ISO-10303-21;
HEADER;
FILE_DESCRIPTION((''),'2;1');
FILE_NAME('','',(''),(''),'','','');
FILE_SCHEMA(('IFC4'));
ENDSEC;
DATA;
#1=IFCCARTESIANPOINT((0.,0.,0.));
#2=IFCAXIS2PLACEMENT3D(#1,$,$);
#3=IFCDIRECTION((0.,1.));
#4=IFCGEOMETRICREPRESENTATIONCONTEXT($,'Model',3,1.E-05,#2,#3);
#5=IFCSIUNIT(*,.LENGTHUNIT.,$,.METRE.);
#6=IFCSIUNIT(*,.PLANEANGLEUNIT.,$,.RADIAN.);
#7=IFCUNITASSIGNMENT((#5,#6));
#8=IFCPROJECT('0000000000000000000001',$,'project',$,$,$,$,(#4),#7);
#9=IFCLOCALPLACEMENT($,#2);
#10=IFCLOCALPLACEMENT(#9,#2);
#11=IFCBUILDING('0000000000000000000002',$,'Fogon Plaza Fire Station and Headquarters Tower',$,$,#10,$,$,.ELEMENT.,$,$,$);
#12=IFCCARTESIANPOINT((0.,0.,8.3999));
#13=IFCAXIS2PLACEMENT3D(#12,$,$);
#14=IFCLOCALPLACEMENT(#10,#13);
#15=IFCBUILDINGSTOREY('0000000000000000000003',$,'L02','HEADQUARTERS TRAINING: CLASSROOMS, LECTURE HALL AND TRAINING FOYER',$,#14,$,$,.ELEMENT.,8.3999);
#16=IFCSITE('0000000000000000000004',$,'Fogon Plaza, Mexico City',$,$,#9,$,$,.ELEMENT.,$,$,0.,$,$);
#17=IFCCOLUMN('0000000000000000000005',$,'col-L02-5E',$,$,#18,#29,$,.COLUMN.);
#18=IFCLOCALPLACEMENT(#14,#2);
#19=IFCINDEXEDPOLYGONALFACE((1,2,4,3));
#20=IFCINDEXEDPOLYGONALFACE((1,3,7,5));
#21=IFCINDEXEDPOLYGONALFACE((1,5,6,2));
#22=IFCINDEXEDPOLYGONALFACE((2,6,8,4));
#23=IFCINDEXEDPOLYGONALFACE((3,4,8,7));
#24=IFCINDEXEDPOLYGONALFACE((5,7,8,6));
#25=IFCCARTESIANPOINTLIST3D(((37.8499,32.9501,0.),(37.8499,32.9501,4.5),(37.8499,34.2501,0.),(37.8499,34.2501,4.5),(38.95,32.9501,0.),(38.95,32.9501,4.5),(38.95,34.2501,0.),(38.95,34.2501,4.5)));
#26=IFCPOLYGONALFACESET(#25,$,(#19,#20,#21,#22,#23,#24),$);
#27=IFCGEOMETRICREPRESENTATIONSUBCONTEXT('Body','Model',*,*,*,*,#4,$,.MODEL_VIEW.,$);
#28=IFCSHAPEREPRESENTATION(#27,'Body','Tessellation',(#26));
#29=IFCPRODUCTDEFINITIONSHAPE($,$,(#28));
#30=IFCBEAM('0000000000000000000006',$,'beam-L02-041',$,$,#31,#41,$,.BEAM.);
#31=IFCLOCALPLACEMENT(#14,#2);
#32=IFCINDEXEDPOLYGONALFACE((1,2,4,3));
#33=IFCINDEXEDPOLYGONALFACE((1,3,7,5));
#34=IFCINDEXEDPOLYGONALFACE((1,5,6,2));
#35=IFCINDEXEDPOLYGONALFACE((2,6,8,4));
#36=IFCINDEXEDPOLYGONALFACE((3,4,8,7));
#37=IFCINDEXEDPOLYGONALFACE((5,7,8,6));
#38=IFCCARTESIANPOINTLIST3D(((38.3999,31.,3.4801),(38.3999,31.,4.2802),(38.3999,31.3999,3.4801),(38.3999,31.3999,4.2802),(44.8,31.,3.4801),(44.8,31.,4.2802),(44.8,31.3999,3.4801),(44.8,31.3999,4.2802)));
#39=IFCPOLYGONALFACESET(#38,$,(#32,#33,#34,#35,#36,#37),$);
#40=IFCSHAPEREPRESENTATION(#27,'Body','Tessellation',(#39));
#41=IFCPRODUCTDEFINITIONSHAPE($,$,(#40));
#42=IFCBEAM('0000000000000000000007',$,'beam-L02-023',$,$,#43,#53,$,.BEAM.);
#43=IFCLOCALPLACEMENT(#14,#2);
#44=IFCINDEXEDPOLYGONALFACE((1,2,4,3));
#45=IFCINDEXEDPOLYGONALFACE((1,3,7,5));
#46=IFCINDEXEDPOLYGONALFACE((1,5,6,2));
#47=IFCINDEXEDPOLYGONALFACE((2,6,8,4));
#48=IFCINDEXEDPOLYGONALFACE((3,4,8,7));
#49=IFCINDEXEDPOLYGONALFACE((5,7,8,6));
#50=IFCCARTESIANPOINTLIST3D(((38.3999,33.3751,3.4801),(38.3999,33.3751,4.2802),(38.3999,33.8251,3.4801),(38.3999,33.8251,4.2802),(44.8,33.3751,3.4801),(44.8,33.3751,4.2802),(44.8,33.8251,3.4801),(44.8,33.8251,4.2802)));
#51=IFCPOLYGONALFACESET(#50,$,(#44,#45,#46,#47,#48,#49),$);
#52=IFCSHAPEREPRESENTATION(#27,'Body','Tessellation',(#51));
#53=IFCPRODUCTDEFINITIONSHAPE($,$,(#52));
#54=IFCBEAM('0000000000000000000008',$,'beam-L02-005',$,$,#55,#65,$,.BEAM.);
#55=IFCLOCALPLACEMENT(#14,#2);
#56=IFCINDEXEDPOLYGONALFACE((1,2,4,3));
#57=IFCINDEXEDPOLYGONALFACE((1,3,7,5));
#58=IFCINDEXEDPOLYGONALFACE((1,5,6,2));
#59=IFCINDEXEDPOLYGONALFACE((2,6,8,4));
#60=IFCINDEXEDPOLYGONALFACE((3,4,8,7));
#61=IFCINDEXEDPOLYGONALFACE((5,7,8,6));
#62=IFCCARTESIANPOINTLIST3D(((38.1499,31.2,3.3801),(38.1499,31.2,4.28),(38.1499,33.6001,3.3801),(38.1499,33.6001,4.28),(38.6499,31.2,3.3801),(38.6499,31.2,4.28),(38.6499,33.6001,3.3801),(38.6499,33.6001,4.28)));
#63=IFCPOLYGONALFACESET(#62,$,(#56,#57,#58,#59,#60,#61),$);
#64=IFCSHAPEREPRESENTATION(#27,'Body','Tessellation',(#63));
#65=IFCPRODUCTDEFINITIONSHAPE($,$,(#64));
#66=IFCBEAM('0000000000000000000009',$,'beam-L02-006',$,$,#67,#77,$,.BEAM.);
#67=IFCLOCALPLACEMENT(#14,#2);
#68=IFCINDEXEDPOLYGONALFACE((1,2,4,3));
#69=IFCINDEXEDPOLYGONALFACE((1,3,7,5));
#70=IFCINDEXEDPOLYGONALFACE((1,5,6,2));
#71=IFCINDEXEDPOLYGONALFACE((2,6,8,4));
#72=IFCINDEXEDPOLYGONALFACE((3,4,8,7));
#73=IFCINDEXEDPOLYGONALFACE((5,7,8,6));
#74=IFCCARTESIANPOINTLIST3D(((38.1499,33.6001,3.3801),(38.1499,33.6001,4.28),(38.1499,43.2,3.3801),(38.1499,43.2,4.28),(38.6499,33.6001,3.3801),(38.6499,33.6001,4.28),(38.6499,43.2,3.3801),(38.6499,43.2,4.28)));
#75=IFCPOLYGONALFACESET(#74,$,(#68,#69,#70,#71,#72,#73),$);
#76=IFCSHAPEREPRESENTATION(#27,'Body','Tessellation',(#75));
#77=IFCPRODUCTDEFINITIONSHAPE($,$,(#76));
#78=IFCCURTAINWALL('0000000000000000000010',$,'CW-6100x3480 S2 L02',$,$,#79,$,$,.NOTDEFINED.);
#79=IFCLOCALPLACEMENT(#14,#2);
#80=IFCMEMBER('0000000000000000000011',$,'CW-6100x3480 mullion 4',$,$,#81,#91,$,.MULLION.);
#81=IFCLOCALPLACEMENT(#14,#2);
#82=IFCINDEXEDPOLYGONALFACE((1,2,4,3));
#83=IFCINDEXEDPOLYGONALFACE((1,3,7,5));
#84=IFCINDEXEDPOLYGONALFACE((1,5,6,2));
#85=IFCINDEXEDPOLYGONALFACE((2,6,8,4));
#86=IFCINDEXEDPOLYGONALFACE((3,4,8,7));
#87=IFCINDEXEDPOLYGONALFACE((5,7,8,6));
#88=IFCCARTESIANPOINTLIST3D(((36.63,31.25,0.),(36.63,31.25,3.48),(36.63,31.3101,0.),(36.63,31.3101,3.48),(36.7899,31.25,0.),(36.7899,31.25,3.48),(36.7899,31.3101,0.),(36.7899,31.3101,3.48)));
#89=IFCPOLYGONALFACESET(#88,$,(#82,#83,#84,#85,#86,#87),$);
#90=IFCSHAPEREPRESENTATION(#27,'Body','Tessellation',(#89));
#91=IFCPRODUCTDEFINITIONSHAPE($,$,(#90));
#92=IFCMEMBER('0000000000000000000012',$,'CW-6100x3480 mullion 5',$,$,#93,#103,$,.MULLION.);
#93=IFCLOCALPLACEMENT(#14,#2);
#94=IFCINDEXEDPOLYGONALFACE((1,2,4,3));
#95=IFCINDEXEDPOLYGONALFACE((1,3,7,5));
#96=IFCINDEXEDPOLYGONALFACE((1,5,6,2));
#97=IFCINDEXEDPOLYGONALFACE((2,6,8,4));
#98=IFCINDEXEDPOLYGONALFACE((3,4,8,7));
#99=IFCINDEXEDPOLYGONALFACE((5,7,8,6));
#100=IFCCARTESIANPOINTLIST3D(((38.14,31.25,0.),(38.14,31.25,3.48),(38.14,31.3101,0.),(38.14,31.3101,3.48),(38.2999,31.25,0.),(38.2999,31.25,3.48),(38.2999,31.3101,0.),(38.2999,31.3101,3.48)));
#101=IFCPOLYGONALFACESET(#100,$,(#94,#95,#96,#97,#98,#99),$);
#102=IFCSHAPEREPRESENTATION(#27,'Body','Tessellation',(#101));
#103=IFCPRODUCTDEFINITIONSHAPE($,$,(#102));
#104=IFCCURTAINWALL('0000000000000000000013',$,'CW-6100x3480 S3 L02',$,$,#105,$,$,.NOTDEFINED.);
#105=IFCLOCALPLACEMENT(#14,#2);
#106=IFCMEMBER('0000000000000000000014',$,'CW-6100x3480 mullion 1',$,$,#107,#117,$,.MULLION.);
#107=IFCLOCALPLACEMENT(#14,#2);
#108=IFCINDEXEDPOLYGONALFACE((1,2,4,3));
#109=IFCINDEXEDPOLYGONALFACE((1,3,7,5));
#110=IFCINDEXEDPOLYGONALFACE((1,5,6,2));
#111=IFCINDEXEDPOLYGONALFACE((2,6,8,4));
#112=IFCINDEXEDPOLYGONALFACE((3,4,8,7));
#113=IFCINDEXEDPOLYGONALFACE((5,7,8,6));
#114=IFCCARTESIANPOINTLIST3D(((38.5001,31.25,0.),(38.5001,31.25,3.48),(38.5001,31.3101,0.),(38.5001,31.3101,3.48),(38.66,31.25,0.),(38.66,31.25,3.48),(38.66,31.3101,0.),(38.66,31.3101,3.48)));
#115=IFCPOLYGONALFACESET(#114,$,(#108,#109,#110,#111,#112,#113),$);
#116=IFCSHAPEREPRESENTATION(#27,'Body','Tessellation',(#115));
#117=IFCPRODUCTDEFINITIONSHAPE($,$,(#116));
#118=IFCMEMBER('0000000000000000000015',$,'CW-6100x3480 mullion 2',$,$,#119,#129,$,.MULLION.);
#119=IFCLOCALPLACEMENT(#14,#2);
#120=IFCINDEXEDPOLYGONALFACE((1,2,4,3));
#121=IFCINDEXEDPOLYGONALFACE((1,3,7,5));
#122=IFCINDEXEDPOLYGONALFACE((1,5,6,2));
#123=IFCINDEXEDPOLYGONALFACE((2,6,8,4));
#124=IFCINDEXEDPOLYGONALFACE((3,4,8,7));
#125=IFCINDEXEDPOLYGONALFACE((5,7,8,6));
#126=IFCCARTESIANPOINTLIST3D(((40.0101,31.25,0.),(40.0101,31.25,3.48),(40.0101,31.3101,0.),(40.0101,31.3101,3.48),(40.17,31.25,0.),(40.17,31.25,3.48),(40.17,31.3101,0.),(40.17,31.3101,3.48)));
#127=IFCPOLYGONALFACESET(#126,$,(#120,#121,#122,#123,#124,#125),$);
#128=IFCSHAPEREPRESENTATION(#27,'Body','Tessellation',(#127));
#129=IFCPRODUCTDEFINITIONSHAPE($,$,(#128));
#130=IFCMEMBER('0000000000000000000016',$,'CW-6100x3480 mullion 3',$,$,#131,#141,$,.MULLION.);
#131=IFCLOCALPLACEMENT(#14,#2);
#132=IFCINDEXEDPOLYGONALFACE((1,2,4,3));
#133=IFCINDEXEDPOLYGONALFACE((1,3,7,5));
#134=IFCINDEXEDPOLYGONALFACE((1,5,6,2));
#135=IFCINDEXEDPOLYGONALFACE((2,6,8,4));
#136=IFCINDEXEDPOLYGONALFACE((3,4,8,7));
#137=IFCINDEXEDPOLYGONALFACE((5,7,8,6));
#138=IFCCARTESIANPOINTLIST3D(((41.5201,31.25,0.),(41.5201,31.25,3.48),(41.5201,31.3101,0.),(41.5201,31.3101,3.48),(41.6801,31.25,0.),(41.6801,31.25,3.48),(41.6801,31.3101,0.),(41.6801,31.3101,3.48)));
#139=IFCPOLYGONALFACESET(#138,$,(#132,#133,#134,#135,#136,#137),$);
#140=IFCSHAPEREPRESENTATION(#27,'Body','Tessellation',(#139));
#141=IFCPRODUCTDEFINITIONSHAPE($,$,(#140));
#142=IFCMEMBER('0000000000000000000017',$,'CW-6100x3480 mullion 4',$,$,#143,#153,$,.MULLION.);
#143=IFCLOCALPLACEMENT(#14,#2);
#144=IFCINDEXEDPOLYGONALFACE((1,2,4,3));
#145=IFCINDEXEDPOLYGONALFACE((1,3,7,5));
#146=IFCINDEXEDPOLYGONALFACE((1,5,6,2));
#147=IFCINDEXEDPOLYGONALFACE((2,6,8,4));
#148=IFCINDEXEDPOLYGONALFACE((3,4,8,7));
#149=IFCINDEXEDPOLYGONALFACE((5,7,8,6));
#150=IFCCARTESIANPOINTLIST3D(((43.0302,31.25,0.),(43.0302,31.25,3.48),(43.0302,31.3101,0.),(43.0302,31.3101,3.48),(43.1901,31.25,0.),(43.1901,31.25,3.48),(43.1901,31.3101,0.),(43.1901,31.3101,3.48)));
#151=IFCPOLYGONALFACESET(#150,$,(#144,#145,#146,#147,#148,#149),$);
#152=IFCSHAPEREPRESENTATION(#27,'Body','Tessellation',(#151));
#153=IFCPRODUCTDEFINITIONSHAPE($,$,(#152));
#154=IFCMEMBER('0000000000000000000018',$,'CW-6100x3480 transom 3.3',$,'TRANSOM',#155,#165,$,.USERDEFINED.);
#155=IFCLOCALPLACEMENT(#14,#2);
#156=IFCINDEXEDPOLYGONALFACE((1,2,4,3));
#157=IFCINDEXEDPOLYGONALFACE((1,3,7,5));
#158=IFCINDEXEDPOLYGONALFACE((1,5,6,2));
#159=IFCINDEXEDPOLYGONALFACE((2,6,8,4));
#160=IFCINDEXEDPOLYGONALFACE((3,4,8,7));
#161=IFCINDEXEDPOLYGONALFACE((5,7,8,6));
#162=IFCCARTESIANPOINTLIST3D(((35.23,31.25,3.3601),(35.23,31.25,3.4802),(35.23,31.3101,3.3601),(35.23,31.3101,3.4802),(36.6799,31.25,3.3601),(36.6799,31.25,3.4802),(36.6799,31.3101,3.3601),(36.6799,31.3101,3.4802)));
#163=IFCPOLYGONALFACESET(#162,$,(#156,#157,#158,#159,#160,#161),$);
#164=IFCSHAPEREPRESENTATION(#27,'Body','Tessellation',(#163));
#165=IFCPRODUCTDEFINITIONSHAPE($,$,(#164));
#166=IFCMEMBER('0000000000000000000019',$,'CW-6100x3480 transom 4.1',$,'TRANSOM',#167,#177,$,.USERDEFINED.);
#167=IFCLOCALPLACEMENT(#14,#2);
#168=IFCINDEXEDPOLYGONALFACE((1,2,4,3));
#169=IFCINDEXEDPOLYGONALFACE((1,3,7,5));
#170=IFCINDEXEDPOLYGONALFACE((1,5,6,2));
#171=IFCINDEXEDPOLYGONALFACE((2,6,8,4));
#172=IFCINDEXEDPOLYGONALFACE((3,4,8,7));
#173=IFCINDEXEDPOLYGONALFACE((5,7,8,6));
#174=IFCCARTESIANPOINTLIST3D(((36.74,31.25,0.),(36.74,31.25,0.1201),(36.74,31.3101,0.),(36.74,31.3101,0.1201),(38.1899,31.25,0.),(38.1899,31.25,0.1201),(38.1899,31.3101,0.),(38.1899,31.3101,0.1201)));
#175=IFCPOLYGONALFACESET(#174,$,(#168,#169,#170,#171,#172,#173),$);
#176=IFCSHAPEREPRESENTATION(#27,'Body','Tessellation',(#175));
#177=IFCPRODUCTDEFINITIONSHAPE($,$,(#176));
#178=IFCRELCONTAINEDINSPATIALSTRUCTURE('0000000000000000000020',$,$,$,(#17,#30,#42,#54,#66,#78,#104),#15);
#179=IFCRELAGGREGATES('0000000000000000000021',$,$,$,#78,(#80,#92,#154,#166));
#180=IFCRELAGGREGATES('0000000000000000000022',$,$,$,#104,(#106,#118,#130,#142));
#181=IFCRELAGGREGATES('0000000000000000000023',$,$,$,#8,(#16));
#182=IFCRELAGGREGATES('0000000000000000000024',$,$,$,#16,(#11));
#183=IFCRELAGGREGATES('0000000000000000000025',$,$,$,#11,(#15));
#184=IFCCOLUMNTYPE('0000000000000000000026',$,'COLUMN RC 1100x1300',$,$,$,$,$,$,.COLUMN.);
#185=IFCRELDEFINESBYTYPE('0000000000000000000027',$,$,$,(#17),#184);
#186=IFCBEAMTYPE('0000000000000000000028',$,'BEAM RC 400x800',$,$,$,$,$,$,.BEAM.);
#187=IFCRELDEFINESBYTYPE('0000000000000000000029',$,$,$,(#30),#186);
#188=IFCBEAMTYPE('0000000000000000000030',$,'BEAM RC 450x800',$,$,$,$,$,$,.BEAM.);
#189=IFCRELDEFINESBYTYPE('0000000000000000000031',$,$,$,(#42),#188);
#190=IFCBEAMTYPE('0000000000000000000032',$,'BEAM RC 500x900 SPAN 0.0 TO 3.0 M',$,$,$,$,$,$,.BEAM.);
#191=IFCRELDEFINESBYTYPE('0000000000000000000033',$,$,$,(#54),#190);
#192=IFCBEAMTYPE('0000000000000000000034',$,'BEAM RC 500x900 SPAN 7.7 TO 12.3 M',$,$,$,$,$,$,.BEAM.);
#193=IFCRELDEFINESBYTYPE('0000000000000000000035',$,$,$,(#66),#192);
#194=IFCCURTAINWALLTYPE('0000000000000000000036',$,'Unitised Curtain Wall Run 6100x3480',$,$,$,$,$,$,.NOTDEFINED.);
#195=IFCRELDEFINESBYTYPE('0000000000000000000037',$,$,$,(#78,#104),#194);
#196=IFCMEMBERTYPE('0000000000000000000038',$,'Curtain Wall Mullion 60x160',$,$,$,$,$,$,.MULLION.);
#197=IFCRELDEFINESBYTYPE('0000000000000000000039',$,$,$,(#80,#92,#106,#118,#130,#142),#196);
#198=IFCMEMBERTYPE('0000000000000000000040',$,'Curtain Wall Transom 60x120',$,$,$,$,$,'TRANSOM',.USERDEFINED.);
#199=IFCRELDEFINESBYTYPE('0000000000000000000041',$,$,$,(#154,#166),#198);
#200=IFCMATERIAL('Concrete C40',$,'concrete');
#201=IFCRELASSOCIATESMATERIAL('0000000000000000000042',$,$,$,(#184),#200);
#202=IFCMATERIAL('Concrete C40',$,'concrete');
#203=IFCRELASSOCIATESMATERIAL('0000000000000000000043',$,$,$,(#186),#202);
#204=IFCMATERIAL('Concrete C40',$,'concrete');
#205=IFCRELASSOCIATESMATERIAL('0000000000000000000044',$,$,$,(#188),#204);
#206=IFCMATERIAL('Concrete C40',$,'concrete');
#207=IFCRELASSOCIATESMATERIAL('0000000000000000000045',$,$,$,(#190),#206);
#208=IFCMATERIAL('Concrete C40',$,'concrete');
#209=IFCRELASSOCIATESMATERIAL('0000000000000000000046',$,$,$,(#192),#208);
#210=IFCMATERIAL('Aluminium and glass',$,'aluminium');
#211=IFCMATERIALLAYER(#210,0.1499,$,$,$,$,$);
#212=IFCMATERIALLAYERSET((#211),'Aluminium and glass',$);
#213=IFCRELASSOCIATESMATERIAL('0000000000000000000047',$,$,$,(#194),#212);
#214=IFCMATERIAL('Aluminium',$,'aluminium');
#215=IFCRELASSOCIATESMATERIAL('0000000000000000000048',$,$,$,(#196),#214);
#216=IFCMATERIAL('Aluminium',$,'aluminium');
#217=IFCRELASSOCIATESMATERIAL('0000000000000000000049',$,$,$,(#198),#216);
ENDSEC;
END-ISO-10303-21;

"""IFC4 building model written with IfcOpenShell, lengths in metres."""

from ifc_helpers import new_model, si_unit, direction, frame, origin, origin_2d, place, context, subcontext, project, spatial, rectangle, extrude, material, layer, layer_set, material_profile, profile_set, type_object, element, aggregate, save


model = new_model("IFC4")

# Units and contexts
model_context = context("Model", 3, precision=1e-05, world=origin(), true_north=direction((0.0, 1.0)))
body_context = subcontext(model_context, "Body", "Model", "MODEL_VIEW")
ifc_project = project(units=[si_unit("LENGTHUNIT", "METRE"), si_unit("PLANEANGLEUNIT", "RADIAN")], contexts=[model_context])

# Site, building, storey
site_placement = place(None, origin())
site = spatial("IfcSite", under=ifc_project, at=site_placement, Name="Fogon Plaza, Mexico City", CompositionType="ELEMENT", RefElevation=0.0)
building_placement = place(site_placement, origin())
building = spatial("IfcBuilding", under=site, at=building_placement, Name="Fogon Plaza Fire Station and Headquarters Tower", CompositionType="ELEMENT")
storey_placement = place(building_placement, frame((0.0, 0.0, 8.3999)))
storey = spatial("IfcBuildingStorey", under=building, at=storey_placement, Name="L02", Description="HEADQUARTERS TRAINING: CLASSROOMS, LECTURE HALL AND TRAINING FOYER", CompositionType="ELEMENT", Elevation=8.3999)

# Column
ifc_material_1 = material(Name="Concrete C40", Category="concrete")
ifc_material_profile_1 = material_profile(ifc_material_1, rectangle(XDim=1.1001, YDim=1.3, at=origin_2d()), Name="RC 1100x1300")
ifc_profile_set_1 = profile_set([ifc_material_profile_1], Name="Concrete C40")
column_type = type_object("IfcColumnType", Name="COLUMN RC 1100x1300", PredefinedType="COLUMN", material=ifc_profile_set_1)
column_placement = place(storey_placement, frame((38.3999, 33.6001, 0.0), z_axis=(0.0, 0.0, 1.0), x_axis=(1.0, 0.0, 0.0)))
element("IfcColumn", 1, at=column_placement, inside=storey, type_object=column_type, Name="col-L02-5E", PredefinedType="COLUMN", context=body_context, shape_type="SweptSolid", body=[
    extrude(rectangle(XDim=1.1001, YDim=1.3, at=origin_2d()), origin(), (0.0, 0.0, 1.0), 4.5),
])

# Beams
ifc_material_2 = material(Name="Concrete C40", Category="concrete")
ifc_material_profile_2 = material_profile(ifc_material_2, rectangle(XDim=0.3999, YDim=0.8, at=origin_2d()), Name="RC 400x800")
ifc_profile_set_2 = profile_set([ifc_material_profile_2], Name="Concrete C40")
beam_type_1 = type_object("IfcBeamType", Name="BEAM RC 400x800", PredefinedType="BEAM", material=ifc_profile_set_2)
beam_1_placement = place(storey_placement, frame((38.3999, 31.2, 3.8801), z_axis=(1.0, 0.0, 0.0), x_axis=(0.0, 1.0, 0.0)))
element("IfcBeam", 2, at=beam_1_placement, inside=storey, type_object=beam_type_1, Name="beam-L02-041", PredefinedType="BEAM", context=body_context, shape_type="SweptSolid", body=[
    extrude(rectangle(XDim=0.3999, YDim=0.8, at=origin_2d()), origin(), (0.0, 0.0, 1.0), 6.4001),
])
ifc_material_3 = material(Name="Concrete C40", Category="concrete")
ifc_material_profile_3 = material_profile(ifc_material_3, rectangle(XDim=0.45, YDim=0.8, at=origin_2d()), Name="RC 450x800")
ifc_profile_set_3 = profile_set([ifc_material_profile_3], Name="Concrete C40")
beam_type_2 = type_object("IfcBeamType", Name="BEAM RC 450x800", PredefinedType="BEAM", material=ifc_profile_set_3)
beam_2_placement = place(storey_placement, frame((38.3999, 33.6001, 3.8801), z_axis=(1.0, 0.0, 0.0), x_axis=(0.0, 1.0, 0.0)))
element("IfcBeam", 3, at=beam_2_placement, inside=storey, type_object=beam_type_2, Name="beam-L02-023", PredefinedType="BEAM", context=body_context, shape_type="SweptSolid", body=[
    extrude(rectangle(XDim=0.45, YDim=0.8, at=origin_2d()), origin(), (0.0, 0.0, 1.0), 6.4001),
])
ifc_material_4 = material(Name="Concrete C40", Category="concrete")
ifc_material_profile_4 = material_profile(ifc_material_4, rectangle(XDim=0.5, YDim=0.8999, at=origin_2d()), Name="RC 500x900")
ifc_profile_set_4 = profile_set([ifc_material_profile_4], Name="Concrete C40")
beam_type_3 = type_object("IfcBeamType", Name="BEAM RC 500x900 SPAN 0.0 TO 3.0 M", PredefinedType="BEAM", material=ifc_profile_set_4)
beam_3_placement = place(storey_placement, frame((38.3999, 31.2, 3.8301), z_axis=(0.0, 1.0, 0.0), x_axis=(-1.0, 0.0, 0.0)))
element("IfcBeam", 4, at=beam_3_placement, inside=storey, type_object=beam_type_3, Name="beam-L02-005", PredefinedType="BEAM", context=body_context, shape_type="SweptSolid", body=[
    extrude(rectangle(XDim=0.5, YDim=0.8999, at=origin_2d()), origin(), (0.0, 0.0, 1.0), 2.4001),
])
ifc_material_5 = material(Name="Concrete C40", Category="concrete")
ifc_material_profile_5 = material_profile(ifc_material_5, rectangle(XDim=0.5, YDim=0.8999, at=origin_2d()), Name="RC 500x900")
ifc_profile_set_5 = profile_set([ifc_material_profile_5], Name="Concrete C40")
beam_type_4 = type_object("IfcBeamType", Name="BEAM RC 500x900 SPAN 7.7 TO 12.3 M", PredefinedType="BEAM", material=ifc_profile_set_5)
beam_4_placement = place(storey_placement, frame((38.3999, 33.6001, 3.8301), z_axis=(0.0, 1.0, 0.0), x_axis=(-1.0, 0.0, 0.0)))
element("IfcBeam", 5, at=beam_4_placement, inside=storey, type_object=beam_type_4, Name="beam-L02-006", PredefinedType="BEAM", context=body_context, shape_type="SweptSolid", body=[
    extrude(rectangle(XDim=0.5, YDim=0.8999, at=origin_2d()), origin(), (0.0, 0.0, 1.0), 9.5999),
])

# Curtain walls, members
ifc_material_6 = material(Name="Aluminium and glass", Category="aluminium")
ifc_layer_1 = layer(ifc_material_6, 0.1499)
ifc_layer_set_1 = layer_set([ifc_layer_1], Name="Aluminium and glass")
curtain_wall_type = type_object("IfcCurtainWallType", Name="Unitised Curtain Wall Run 6100x3480", PredefinedType="NOTDEFINED", material=ifc_layer_set_1)
curtain_wall_1_placement = place(storey_placement, origin())
curtain_wall_1 = element("IfcCurtainWall", 6, at=curtain_wall_1_placement, inside=storey, type_object=curtain_wall_type, Name="CW-6100x3480 S2 L02", PredefinedType="NOTDEFINED")
ifc_material_7 = material(Name="Aluminium", Category="aluminium")
ifc_material_profile_6 = material_profile(ifc_material_7, rectangle(XDim=0.0601, YDim=0.1599, at=origin_2d()), Name="Curtain Wall Mullion 60x160")
ifc_profile_set_6 = profile_set([ifc_material_profile_6], Name="Aluminium")
member_type_1 = type_object("IfcMemberType", Name="Curtain Wall Mullion 60x160", PredefinedType="MULLION", material=ifc_profile_set_6)
member_1_placement = place(storey_placement, frame((36.71, 31.28, 0.0), z_axis=(0.0, 0.0, 1.0), x_axis=(0.0, 1.0, 0.0)))
member_1 = element("IfcMember", 7, at=member_1_placement, type_object=member_type_1, Name="CW-6100x3480 mullion 4", PredefinedType="MULLION", context=body_context, shape_type="SweptSolid", body=[
    extrude(rectangle(XDim=0.0601, YDim=0.1599, at=origin_2d()), origin(), (0.0, 0.0, 1.0), 3.48),
])
member_2_placement = place(storey_placement, frame((38.22, 31.28, 0.0), z_axis=(0.0, 0.0, 1.0), x_axis=(0.0, 1.0, 0.0)))
member_2 = element("IfcMember", 8, at=member_2_placement, type_object=member_type_1, Name="CW-6100x3480 mullion 5", PredefinedType="MULLION", context=body_context, shape_type="SweptSolid", body=[
    extrude(rectangle(XDim=0.0601, YDim=0.1599, at=origin_2d()), origin(), (0.0, 0.0, 1.0), 3.48),
])
curtain_wall_2_placement = place(storey_placement, origin())
curtain_wall_2 = element("IfcCurtainWall", 9, at=curtain_wall_2_placement, inside=storey, type_object=curtain_wall_type, Name="CW-6100x3480 S3 L02", PredefinedType="NOTDEFINED")
member_3_placement = place(storey_placement, frame((38.5801, 31.28, 0.0), z_axis=(0.0, 0.0, 1.0), x_axis=(0.0, 1.0, 0.0)))
member_3 = element("IfcMember", 10, at=member_3_placement, type_object=member_type_1, Name="CW-6100x3480 mullion 1", PredefinedType="MULLION", context=body_context, shape_type="SweptSolid", body=[
    extrude(rectangle(XDim=0.0601, YDim=0.1599, at=origin_2d()), origin(), (0.0, 0.0, 1.0), 3.48),
])
member_4_placement = place(storey_placement, frame((40.0901, 31.28, 0.0), z_axis=(0.0, 0.0, 1.0), x_axis=(0.0, 1.0, 0.0)))
member_4 = element("IfcMember", 11, at=member_4_placement, type_object=member_type_1, Name="CW-6100x3480 mullion 2", PredefinedType="MULLION", context=body_context, shape_type="SweptSolid", body=[
    extrude(rectangle(XDim=0.0601, YDim=0.1599, at=origin_2d()), origin(), (0.0, 0.0, 1.0), 3.48),
])
member_5_placement = place(storey_placement, frame((41.6001, 31.28, 0.0), z_axis=(0.0, 0.0, 1.0), x_axis=(0.0, 1.0, 0.0)))
member_5 = element("IfcMember", 12, at=member_5_placement, type_object=member_type_1, Name="CW-6100x3480 mullion 3", PredefinedType="MULLION", context=body_context, shape_type="SweptSolid", body=[
    extrude(rectangle(XDim=0.0601, YDim=0.1599, at=origin_2d()), origin(), (0.0, 0.0, 1.0), 3.48),
])
member_6_placement = place(storey_placement, frame((43.1101, 31.28, 0.0), z_axis=(0.0, 0.0, 1.0), x_axis=(0.0, 1.0, 0.0)))
member_6 = element("IfcMember", 13, at=member_6_placement, type_object=member_type_1, Name="CW-6100x3480 mullion 4", PredefinedType="MULLION", context=body_context, shape_type="SweptSolid", body=[
    extrude(rectangle(XDim=0.0601, YDim=0.1599, at=origin_2d()), origin(), (0.0, 0.0, 1.0), 3.48),
])

# Members
ifc_material_8 = material(Name="Aluminium", Category="aluminium")
ifc_material_profile_7 = material_profile(ifc_material_8, rectangle(XDim=0.0601, YDim=0.1201, at=origin_2d()), Name="Curtain Wall Transom 60x120")
ifc_profile_set_7 = profile_set([ifc_material_profile_7], Name="Aluminium")
member_type_2 = type_object("IfcMemberType", Name="Curtain Wall Transom 60x120", ElementType="TRANSOM", PredefinedType="USERDEFINED", material=ifc_profile_set_7)
member_7_placement = place(storey_placement, frame((35.23, 31.28, 3.4202), z_axis=(1.0, 0.0, 0.0), x_axis=(0.0, 1.0, 0.0)))
member_7 = element("IfcMember", 14, at=member_7_placement, type_object=member_type_2, Name="CW-6100x3480 transom 3.3", ObjectType="TRANSOM", PredefinedType="USERDEFINED", context=body_context, shape_type="SweptSolid", body=[
    extrude(rectangle(XDim=0.0601, YDim=0.1201, at=origin_2d()), origin(), (0.0, 0.0, 1.0), 1.45),
])
member_8_placement = place(storey_placement, frame((36.74, 31.28, 0.0601), z_axis=(1.0, 0.0, 0.0), x_axis=(0.0, 1.0, 0.0)))
member_8 = element("IfcMember", 15, at=member_8_placement, type_object=member_type_2, Name="CW-6100x3480 transom 4.1", ObjectType="TRANSOM", PredefinedType="USERDEFINED", context=body_context, shape_type="SweptSolid", body=[
    extrude(rectangle(XDim=0.0601, YDim=0.1201, at=origin_2d()), origin(), (0.0, 0.0, 1.0), 1.45),
])

aggregate(curtain_wall_1, [member_1, member_2, member_7, member_8])
aggregate(curtain_wall_2, [member_3, member_4, member_5, member_6])

save(model, "model.ifc")
